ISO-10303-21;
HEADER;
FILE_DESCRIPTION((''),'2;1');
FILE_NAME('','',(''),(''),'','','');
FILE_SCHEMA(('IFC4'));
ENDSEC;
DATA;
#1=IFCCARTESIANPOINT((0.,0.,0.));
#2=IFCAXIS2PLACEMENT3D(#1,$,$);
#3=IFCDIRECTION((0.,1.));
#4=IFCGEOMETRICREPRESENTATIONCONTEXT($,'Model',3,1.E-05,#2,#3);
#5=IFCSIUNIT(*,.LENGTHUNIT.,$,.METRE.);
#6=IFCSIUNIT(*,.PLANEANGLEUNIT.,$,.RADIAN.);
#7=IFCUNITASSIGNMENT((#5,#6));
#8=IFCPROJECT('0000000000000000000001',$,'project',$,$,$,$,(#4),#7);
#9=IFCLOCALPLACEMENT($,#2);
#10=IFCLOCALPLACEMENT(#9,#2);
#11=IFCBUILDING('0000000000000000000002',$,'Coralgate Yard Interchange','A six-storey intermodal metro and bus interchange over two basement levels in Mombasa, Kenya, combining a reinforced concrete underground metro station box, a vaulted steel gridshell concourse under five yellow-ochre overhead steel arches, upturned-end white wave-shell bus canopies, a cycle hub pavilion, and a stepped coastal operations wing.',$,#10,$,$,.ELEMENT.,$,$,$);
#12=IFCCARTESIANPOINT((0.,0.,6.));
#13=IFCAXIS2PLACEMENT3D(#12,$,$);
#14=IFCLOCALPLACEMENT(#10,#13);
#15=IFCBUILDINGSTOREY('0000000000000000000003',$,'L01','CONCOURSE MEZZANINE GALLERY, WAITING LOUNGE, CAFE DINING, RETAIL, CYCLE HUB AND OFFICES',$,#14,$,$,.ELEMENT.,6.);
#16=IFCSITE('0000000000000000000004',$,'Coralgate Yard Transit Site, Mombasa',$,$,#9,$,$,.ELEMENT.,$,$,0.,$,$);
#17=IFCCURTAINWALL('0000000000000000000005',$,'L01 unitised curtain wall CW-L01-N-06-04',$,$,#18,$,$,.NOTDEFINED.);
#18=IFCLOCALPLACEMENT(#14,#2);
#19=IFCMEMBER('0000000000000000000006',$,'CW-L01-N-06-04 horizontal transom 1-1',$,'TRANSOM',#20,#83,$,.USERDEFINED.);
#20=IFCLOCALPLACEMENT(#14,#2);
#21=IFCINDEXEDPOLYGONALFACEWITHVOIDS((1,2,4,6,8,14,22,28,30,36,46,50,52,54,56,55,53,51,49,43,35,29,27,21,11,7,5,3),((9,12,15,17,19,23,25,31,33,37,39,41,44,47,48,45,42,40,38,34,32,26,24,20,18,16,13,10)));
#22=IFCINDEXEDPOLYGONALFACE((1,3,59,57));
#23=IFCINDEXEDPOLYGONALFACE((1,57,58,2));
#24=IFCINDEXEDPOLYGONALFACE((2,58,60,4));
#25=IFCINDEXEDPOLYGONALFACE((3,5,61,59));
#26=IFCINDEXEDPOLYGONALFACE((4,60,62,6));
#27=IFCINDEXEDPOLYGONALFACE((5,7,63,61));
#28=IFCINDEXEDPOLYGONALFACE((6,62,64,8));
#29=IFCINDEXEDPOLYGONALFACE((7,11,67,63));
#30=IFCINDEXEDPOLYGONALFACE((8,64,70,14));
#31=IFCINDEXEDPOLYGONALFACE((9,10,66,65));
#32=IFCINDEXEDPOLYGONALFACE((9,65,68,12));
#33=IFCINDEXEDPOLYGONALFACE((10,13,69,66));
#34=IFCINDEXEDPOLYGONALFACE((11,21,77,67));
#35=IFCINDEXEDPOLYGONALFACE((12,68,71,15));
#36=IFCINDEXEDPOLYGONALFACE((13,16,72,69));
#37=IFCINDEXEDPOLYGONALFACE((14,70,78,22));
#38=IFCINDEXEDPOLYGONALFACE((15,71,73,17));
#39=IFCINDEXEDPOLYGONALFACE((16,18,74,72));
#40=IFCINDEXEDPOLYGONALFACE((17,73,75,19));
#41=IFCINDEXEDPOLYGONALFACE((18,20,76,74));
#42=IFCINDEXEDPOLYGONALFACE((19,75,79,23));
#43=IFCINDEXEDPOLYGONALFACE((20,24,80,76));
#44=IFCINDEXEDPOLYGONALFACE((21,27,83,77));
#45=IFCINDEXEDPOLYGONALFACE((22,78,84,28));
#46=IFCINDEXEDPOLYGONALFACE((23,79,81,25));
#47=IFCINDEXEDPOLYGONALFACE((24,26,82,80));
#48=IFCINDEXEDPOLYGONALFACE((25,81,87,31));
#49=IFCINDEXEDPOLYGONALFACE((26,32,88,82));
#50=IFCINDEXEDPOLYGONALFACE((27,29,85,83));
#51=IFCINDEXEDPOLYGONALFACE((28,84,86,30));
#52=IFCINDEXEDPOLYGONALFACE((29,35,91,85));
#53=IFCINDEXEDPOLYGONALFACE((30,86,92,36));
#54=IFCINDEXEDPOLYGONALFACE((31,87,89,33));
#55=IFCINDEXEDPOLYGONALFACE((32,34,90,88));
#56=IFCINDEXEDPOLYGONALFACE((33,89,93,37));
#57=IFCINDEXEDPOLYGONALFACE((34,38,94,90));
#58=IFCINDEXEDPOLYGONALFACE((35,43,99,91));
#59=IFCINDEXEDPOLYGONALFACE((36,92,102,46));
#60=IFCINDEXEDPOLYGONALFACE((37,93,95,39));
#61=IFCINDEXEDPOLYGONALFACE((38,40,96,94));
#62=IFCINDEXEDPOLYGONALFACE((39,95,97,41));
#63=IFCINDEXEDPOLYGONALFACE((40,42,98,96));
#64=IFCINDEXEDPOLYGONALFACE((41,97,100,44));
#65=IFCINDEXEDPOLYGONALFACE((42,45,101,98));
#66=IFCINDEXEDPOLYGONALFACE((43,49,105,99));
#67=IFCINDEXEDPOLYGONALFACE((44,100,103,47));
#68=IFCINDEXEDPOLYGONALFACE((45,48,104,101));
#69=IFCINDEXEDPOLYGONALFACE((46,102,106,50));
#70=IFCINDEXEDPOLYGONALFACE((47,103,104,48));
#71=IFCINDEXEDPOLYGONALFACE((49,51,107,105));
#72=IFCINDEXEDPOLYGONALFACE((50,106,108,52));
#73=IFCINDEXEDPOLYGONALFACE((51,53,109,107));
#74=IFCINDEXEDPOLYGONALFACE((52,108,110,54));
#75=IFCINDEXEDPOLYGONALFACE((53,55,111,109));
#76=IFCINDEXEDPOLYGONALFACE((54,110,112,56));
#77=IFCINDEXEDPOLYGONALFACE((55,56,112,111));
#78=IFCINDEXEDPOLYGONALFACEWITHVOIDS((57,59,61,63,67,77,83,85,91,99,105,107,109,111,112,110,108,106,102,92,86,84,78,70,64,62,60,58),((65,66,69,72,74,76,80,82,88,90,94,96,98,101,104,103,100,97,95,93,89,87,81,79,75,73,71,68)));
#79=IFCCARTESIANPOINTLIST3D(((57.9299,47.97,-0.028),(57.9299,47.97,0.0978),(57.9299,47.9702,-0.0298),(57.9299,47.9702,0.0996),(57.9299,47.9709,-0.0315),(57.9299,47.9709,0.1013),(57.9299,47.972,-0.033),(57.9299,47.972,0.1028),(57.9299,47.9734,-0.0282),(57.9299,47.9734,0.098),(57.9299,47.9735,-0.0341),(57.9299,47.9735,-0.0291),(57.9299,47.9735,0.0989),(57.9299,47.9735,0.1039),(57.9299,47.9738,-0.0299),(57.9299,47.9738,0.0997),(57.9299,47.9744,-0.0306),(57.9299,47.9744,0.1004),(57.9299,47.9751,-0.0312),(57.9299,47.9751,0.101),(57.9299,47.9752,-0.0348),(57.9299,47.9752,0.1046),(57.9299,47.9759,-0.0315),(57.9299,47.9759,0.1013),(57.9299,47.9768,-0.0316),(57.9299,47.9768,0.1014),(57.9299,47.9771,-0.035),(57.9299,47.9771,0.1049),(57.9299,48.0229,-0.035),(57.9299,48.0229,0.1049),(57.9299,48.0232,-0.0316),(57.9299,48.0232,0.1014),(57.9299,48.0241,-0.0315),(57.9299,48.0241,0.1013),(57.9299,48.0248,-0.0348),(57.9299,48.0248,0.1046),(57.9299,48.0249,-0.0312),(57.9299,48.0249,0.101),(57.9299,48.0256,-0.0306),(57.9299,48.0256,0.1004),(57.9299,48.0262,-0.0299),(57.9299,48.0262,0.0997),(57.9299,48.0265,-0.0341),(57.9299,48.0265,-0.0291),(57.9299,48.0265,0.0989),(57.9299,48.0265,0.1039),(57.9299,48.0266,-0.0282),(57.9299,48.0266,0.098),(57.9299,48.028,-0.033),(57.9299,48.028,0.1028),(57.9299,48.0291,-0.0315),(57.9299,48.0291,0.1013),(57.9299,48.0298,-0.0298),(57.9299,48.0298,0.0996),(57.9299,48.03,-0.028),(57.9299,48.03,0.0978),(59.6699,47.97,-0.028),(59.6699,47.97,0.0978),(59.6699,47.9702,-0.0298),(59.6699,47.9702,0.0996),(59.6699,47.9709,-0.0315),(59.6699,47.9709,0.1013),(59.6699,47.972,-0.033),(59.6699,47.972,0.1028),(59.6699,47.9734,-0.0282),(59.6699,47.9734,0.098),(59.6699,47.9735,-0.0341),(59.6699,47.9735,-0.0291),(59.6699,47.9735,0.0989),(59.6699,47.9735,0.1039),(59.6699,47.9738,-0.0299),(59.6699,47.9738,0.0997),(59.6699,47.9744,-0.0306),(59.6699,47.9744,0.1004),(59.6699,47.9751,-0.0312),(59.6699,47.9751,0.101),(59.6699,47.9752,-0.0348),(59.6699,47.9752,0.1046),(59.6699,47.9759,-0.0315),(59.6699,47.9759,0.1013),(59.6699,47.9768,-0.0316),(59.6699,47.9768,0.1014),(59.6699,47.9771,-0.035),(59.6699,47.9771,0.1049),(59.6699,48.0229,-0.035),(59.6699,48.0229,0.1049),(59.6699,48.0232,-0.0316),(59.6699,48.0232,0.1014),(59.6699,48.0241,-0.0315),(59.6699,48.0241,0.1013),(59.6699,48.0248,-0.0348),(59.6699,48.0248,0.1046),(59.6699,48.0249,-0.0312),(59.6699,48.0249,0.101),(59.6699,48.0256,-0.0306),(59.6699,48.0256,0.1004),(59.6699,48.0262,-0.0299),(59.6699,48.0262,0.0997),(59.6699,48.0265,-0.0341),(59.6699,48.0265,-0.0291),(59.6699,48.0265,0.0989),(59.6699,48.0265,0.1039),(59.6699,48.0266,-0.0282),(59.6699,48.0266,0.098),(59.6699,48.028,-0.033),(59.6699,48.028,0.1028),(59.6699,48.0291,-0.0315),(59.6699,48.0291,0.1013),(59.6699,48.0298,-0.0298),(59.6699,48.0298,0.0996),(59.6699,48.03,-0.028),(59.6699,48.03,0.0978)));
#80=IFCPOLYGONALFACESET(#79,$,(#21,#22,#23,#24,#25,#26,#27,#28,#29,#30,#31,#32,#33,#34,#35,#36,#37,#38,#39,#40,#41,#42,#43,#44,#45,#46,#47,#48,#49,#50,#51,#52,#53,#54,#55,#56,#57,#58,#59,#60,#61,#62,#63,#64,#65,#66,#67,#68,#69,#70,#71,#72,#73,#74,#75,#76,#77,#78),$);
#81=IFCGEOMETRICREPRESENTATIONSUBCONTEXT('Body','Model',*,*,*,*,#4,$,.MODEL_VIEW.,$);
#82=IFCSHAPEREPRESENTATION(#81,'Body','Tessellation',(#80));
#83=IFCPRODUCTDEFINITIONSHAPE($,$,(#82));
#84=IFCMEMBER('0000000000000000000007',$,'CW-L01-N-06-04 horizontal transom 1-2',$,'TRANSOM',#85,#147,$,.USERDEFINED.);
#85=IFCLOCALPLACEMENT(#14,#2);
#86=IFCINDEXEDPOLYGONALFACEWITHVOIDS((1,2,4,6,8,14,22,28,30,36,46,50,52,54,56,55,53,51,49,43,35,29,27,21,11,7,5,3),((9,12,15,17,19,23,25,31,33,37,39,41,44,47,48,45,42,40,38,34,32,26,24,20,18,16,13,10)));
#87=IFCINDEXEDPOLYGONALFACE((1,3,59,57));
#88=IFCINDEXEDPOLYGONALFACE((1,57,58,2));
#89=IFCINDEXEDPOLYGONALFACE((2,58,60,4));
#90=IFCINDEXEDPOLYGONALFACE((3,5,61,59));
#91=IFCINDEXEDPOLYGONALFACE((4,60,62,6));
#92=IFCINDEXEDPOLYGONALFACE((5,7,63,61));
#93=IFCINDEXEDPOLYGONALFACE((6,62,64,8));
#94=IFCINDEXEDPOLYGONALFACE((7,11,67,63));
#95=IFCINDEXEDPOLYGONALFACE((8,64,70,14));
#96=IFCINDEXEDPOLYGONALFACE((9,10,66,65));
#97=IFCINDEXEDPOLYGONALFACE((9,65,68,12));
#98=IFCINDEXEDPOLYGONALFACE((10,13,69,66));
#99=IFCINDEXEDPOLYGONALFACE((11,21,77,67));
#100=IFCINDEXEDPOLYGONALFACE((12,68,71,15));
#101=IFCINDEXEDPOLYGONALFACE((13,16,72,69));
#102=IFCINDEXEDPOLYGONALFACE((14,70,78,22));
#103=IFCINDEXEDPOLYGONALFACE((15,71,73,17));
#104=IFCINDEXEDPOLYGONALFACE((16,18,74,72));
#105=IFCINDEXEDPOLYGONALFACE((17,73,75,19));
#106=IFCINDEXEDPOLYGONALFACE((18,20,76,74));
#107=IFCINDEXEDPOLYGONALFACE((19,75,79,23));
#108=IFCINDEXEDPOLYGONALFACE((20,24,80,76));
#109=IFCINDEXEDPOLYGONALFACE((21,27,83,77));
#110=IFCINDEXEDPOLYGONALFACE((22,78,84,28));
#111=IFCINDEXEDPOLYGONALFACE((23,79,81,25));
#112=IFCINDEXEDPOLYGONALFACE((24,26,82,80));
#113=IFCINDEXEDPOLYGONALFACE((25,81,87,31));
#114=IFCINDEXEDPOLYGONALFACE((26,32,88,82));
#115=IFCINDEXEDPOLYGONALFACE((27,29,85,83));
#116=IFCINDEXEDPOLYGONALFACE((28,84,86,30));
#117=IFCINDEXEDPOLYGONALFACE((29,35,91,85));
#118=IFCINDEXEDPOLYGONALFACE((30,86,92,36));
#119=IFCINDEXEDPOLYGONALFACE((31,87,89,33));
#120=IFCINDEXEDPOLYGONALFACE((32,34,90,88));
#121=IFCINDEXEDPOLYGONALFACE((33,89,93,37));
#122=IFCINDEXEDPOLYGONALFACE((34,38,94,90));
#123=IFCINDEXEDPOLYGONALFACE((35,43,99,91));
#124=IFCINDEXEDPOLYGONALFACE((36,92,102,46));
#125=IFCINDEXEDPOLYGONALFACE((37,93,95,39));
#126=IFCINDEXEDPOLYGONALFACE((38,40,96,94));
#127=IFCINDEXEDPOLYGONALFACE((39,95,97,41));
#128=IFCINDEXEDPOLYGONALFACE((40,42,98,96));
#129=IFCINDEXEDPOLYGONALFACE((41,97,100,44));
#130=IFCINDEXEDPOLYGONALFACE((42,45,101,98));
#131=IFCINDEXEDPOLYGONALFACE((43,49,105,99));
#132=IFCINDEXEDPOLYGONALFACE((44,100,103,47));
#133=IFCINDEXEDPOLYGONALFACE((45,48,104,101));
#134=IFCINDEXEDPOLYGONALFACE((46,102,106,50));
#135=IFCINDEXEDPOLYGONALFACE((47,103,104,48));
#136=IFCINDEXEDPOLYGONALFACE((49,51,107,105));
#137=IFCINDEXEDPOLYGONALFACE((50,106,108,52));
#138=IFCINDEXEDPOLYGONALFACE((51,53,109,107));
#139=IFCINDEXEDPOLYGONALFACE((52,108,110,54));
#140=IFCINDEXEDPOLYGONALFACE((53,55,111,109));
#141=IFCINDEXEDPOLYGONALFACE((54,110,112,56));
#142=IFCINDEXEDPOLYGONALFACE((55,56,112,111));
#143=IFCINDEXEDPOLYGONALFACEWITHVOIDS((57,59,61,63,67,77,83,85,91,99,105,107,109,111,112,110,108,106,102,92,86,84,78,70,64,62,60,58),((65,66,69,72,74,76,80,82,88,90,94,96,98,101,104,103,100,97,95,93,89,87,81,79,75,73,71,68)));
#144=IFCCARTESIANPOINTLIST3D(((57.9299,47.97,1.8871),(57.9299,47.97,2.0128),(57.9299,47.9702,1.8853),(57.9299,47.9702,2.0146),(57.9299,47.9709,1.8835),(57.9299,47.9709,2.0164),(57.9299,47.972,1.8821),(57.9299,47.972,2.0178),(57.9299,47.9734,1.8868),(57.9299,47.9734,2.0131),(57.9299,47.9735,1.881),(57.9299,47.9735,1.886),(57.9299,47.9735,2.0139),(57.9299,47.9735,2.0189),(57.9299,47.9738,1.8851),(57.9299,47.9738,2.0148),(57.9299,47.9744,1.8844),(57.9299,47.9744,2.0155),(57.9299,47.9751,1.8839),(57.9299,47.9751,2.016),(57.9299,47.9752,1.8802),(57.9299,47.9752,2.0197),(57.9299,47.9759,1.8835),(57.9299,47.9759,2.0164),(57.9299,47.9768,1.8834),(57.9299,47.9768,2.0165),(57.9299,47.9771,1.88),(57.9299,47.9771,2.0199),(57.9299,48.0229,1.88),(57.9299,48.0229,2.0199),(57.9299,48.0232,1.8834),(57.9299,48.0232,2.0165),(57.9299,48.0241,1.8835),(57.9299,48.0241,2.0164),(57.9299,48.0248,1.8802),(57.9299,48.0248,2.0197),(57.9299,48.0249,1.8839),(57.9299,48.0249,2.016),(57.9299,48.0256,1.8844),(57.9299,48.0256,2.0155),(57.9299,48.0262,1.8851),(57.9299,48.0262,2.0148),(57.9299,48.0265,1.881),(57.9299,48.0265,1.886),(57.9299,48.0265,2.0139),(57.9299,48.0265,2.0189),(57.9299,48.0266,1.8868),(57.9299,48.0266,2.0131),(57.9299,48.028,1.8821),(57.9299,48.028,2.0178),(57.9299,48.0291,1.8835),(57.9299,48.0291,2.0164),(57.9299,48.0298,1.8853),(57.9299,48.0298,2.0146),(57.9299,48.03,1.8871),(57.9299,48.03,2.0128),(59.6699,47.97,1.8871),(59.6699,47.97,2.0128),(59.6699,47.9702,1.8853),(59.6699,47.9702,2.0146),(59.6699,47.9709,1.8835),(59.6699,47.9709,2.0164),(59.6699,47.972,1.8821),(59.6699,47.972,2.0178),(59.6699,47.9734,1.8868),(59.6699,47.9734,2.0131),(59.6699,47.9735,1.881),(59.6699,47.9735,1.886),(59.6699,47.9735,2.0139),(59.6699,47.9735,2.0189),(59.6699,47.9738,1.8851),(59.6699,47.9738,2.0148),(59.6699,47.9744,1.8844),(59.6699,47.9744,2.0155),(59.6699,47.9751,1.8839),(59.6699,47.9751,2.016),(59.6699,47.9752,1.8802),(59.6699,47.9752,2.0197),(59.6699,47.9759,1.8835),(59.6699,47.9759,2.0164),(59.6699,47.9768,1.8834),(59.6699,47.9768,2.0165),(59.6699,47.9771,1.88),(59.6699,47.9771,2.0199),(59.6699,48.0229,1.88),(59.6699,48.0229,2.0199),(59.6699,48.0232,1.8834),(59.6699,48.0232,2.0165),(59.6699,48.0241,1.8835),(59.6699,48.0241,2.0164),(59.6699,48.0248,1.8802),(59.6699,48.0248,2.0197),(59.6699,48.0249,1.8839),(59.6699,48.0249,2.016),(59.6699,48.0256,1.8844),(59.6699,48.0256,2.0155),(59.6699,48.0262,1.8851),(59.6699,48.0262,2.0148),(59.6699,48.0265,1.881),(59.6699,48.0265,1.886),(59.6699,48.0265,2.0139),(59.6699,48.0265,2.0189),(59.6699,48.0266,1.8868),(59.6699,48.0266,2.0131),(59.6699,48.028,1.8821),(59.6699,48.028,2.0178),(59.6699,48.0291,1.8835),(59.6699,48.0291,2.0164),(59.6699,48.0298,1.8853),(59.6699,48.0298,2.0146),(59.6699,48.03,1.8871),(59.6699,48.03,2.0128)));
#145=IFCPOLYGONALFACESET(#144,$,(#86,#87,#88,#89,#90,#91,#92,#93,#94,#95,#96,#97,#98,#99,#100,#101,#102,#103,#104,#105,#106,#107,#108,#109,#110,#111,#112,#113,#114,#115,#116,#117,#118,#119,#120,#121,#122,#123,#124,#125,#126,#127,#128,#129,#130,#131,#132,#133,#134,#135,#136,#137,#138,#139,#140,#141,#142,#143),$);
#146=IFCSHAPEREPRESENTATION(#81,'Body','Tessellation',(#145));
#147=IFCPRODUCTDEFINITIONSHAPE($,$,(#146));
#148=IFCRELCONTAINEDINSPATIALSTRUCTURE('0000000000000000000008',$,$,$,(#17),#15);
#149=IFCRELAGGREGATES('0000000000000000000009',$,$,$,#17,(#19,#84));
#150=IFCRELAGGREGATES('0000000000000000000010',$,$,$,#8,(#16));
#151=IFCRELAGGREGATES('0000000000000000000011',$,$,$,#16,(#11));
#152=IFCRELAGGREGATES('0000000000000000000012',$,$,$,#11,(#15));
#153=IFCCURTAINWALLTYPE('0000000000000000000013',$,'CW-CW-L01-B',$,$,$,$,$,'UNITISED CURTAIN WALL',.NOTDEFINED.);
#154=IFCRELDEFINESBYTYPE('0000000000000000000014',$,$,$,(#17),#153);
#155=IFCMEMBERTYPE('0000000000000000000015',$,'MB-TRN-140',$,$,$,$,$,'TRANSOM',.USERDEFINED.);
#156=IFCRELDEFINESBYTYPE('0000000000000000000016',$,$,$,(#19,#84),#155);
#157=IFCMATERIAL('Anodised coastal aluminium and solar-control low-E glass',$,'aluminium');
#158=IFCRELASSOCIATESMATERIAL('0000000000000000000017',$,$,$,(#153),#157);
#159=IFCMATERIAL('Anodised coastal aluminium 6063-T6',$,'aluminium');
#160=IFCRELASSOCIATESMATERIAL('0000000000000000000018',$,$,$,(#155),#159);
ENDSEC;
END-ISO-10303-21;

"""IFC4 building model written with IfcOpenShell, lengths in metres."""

from ifc_helpers import new_model, si_unit, direction, frame, origin, origin_2d, place, context, subcontext, project, spatial, hollow_rectangle, extrude, material, material_profile, profile_set, type_object, element, aggregate, save


model = new_model("IFC4")

# Units and contexts
model_context = context("Model", 3, precision=1e-05, world=origin(), true_north=direction((0.0, 1.0)))
body_context = subcontext(model_context, "Body", "Model", "MODEL_VIEW")
ifc_project = project(units=[si_unit("LENGTHUNIT", "METRE"), si_unit("PLANEANGLEUNIT", "RADIAN")], contexts=[model_context])

# Site, building, storey
site_placement = place(None, origin())
site = spatial("IfcSite", under=ifc_project, at=site_placement, Name="Coralgate Yard Transit Site, Mombasa", CompositionType="ELEMENT", RefElevation=0.0)
building_placement = place(site_placement, origin())
building = spatial("IfcBuilding", under=site, at=building_placement, Name="Coralgate Yard Interchange", Description="A six-storey intermodal metro and bus interchange over two basement levels in Mombasa, Kenya, combining a reinforced concrete underground metro station box, a vaulted steel gridshell concourse under five yellow-ochre overhead steel arches, upturned-end white wave-shell bus canopies, a cycle hub pavilion, and a stepped coastal operations wing.", CompositionType="ELEMENT")
storey_placement = place(building_placement, frame((0.0, 0.0, 6.0)))
storey = spatial("IfcBuildingStorey", under=building, at=storey_placement, Name="L01", Description="CONCOURSE MEZZANINE GALLERY, WAITING LOUNGE, CAFE DINING, RETAIL, CYCLE HUB AND OFFICES", CompositionType="ELEMENT", Elevation=6.0)

# Shared definitions
ifc_material_1 = material(Name="Anodised coastal aluminium and solar-control low-E glass", Category="aluminium")
curtain_wall_type = type_object("IfcCurtainWallType", Name="CW-CW-L01-B", ElementType="UNITISED CURTAIN WALL", PredefinedType="NOTDEFINED", material=ifc_material_1)
ifc_material_2 = material(Name="Anodised coastal aluminium 6063-T6", Category="aluminium")

# Curtain wall, members
curtain_wall_1_placement = place(storey_placement, origin())
curtain_wall_1 = element("IfcCurtainWall", 1, at=curtain_wall_1_placement, inside=storey, type_object=curtain_wall_type, Name="L01 unitised curtain wall CW-L01-N-06-04", PredefinedType="NOTDEFINED")
ifc_material_profile_1 = material_profile(ifc_material_2, hollow_rectangle(XDim=0.0601, YDim=0.1399, WallThickness=0.0034, InnerFilletRadius=0.0034, OuterFilletRadius=0.0071, at=origin_2d()), Name="ALU 60x140x3.5")
ifc_profile_set_1 = profile_set([ifc_material_profile_1], Name="Anodised coastal aluminium 6063-T6")
member_type_1 = type_object("IfcMemberType", Name="MB-TRN-140", ElementType="TRANSOM", PredefinedType="USERDEFINED", material=ifc_profile_set_1)
member_1_placement = place(storey_placement, frame((57.9299, 48.0, 0.0349), z_axis=(1.0, 0.0, 0.0), x_axis=(0.0, 1.0, 0.0)))
member_1 = element("IfcMember", 2, at=member_1_placement, type_object=member_type_1, Name="CW-L01-N-06-04 horizontal transom 1-1", ObjectType="TRANSOM", PredefinedType="USERDEFINED", context=body_context, shape_type="SweptSolid", body=[
    extrude(hollow_rectangle(XDim=0.0601, YDim=0.1399, WallThickness=0.0034, InnerFilletRadius=0.0034, OuterFilletRadius=0.0071, at=origin_2d()), origin(), (0.0, 0.0, 1.0), 1.74),
])
member_2_placement = place(storey_placement, frame((57.9299, 48.0, 1.95), z_axis=(1.0, 0.0, 0.0), x_axis=(0.0, 1.0, 0.0)))
member_2 = element("IfcMember", 3, at=member_2_placement, type_object=member_type_1, Name="CW-L01-N-06-04 horizontal transom 1-2", ObjectType="TRANSOM", PredefinedType="USERDEFINED", context=body_context, shape_type="SweptSolid", body=[
    extrude(hollow_rectangle(XDim=0.0601, YDim=0.1399, WallThickness=0.0034, InnerFilletRadius=0.0034, OuterFilletRadius=0.0071, at=origin_2d()), origin(), (0.0, 0.0, 1.0), 1.74),
])
aggregate(curtain_wall_1, [member_1, member_2])

save(model, "model.ifc")
